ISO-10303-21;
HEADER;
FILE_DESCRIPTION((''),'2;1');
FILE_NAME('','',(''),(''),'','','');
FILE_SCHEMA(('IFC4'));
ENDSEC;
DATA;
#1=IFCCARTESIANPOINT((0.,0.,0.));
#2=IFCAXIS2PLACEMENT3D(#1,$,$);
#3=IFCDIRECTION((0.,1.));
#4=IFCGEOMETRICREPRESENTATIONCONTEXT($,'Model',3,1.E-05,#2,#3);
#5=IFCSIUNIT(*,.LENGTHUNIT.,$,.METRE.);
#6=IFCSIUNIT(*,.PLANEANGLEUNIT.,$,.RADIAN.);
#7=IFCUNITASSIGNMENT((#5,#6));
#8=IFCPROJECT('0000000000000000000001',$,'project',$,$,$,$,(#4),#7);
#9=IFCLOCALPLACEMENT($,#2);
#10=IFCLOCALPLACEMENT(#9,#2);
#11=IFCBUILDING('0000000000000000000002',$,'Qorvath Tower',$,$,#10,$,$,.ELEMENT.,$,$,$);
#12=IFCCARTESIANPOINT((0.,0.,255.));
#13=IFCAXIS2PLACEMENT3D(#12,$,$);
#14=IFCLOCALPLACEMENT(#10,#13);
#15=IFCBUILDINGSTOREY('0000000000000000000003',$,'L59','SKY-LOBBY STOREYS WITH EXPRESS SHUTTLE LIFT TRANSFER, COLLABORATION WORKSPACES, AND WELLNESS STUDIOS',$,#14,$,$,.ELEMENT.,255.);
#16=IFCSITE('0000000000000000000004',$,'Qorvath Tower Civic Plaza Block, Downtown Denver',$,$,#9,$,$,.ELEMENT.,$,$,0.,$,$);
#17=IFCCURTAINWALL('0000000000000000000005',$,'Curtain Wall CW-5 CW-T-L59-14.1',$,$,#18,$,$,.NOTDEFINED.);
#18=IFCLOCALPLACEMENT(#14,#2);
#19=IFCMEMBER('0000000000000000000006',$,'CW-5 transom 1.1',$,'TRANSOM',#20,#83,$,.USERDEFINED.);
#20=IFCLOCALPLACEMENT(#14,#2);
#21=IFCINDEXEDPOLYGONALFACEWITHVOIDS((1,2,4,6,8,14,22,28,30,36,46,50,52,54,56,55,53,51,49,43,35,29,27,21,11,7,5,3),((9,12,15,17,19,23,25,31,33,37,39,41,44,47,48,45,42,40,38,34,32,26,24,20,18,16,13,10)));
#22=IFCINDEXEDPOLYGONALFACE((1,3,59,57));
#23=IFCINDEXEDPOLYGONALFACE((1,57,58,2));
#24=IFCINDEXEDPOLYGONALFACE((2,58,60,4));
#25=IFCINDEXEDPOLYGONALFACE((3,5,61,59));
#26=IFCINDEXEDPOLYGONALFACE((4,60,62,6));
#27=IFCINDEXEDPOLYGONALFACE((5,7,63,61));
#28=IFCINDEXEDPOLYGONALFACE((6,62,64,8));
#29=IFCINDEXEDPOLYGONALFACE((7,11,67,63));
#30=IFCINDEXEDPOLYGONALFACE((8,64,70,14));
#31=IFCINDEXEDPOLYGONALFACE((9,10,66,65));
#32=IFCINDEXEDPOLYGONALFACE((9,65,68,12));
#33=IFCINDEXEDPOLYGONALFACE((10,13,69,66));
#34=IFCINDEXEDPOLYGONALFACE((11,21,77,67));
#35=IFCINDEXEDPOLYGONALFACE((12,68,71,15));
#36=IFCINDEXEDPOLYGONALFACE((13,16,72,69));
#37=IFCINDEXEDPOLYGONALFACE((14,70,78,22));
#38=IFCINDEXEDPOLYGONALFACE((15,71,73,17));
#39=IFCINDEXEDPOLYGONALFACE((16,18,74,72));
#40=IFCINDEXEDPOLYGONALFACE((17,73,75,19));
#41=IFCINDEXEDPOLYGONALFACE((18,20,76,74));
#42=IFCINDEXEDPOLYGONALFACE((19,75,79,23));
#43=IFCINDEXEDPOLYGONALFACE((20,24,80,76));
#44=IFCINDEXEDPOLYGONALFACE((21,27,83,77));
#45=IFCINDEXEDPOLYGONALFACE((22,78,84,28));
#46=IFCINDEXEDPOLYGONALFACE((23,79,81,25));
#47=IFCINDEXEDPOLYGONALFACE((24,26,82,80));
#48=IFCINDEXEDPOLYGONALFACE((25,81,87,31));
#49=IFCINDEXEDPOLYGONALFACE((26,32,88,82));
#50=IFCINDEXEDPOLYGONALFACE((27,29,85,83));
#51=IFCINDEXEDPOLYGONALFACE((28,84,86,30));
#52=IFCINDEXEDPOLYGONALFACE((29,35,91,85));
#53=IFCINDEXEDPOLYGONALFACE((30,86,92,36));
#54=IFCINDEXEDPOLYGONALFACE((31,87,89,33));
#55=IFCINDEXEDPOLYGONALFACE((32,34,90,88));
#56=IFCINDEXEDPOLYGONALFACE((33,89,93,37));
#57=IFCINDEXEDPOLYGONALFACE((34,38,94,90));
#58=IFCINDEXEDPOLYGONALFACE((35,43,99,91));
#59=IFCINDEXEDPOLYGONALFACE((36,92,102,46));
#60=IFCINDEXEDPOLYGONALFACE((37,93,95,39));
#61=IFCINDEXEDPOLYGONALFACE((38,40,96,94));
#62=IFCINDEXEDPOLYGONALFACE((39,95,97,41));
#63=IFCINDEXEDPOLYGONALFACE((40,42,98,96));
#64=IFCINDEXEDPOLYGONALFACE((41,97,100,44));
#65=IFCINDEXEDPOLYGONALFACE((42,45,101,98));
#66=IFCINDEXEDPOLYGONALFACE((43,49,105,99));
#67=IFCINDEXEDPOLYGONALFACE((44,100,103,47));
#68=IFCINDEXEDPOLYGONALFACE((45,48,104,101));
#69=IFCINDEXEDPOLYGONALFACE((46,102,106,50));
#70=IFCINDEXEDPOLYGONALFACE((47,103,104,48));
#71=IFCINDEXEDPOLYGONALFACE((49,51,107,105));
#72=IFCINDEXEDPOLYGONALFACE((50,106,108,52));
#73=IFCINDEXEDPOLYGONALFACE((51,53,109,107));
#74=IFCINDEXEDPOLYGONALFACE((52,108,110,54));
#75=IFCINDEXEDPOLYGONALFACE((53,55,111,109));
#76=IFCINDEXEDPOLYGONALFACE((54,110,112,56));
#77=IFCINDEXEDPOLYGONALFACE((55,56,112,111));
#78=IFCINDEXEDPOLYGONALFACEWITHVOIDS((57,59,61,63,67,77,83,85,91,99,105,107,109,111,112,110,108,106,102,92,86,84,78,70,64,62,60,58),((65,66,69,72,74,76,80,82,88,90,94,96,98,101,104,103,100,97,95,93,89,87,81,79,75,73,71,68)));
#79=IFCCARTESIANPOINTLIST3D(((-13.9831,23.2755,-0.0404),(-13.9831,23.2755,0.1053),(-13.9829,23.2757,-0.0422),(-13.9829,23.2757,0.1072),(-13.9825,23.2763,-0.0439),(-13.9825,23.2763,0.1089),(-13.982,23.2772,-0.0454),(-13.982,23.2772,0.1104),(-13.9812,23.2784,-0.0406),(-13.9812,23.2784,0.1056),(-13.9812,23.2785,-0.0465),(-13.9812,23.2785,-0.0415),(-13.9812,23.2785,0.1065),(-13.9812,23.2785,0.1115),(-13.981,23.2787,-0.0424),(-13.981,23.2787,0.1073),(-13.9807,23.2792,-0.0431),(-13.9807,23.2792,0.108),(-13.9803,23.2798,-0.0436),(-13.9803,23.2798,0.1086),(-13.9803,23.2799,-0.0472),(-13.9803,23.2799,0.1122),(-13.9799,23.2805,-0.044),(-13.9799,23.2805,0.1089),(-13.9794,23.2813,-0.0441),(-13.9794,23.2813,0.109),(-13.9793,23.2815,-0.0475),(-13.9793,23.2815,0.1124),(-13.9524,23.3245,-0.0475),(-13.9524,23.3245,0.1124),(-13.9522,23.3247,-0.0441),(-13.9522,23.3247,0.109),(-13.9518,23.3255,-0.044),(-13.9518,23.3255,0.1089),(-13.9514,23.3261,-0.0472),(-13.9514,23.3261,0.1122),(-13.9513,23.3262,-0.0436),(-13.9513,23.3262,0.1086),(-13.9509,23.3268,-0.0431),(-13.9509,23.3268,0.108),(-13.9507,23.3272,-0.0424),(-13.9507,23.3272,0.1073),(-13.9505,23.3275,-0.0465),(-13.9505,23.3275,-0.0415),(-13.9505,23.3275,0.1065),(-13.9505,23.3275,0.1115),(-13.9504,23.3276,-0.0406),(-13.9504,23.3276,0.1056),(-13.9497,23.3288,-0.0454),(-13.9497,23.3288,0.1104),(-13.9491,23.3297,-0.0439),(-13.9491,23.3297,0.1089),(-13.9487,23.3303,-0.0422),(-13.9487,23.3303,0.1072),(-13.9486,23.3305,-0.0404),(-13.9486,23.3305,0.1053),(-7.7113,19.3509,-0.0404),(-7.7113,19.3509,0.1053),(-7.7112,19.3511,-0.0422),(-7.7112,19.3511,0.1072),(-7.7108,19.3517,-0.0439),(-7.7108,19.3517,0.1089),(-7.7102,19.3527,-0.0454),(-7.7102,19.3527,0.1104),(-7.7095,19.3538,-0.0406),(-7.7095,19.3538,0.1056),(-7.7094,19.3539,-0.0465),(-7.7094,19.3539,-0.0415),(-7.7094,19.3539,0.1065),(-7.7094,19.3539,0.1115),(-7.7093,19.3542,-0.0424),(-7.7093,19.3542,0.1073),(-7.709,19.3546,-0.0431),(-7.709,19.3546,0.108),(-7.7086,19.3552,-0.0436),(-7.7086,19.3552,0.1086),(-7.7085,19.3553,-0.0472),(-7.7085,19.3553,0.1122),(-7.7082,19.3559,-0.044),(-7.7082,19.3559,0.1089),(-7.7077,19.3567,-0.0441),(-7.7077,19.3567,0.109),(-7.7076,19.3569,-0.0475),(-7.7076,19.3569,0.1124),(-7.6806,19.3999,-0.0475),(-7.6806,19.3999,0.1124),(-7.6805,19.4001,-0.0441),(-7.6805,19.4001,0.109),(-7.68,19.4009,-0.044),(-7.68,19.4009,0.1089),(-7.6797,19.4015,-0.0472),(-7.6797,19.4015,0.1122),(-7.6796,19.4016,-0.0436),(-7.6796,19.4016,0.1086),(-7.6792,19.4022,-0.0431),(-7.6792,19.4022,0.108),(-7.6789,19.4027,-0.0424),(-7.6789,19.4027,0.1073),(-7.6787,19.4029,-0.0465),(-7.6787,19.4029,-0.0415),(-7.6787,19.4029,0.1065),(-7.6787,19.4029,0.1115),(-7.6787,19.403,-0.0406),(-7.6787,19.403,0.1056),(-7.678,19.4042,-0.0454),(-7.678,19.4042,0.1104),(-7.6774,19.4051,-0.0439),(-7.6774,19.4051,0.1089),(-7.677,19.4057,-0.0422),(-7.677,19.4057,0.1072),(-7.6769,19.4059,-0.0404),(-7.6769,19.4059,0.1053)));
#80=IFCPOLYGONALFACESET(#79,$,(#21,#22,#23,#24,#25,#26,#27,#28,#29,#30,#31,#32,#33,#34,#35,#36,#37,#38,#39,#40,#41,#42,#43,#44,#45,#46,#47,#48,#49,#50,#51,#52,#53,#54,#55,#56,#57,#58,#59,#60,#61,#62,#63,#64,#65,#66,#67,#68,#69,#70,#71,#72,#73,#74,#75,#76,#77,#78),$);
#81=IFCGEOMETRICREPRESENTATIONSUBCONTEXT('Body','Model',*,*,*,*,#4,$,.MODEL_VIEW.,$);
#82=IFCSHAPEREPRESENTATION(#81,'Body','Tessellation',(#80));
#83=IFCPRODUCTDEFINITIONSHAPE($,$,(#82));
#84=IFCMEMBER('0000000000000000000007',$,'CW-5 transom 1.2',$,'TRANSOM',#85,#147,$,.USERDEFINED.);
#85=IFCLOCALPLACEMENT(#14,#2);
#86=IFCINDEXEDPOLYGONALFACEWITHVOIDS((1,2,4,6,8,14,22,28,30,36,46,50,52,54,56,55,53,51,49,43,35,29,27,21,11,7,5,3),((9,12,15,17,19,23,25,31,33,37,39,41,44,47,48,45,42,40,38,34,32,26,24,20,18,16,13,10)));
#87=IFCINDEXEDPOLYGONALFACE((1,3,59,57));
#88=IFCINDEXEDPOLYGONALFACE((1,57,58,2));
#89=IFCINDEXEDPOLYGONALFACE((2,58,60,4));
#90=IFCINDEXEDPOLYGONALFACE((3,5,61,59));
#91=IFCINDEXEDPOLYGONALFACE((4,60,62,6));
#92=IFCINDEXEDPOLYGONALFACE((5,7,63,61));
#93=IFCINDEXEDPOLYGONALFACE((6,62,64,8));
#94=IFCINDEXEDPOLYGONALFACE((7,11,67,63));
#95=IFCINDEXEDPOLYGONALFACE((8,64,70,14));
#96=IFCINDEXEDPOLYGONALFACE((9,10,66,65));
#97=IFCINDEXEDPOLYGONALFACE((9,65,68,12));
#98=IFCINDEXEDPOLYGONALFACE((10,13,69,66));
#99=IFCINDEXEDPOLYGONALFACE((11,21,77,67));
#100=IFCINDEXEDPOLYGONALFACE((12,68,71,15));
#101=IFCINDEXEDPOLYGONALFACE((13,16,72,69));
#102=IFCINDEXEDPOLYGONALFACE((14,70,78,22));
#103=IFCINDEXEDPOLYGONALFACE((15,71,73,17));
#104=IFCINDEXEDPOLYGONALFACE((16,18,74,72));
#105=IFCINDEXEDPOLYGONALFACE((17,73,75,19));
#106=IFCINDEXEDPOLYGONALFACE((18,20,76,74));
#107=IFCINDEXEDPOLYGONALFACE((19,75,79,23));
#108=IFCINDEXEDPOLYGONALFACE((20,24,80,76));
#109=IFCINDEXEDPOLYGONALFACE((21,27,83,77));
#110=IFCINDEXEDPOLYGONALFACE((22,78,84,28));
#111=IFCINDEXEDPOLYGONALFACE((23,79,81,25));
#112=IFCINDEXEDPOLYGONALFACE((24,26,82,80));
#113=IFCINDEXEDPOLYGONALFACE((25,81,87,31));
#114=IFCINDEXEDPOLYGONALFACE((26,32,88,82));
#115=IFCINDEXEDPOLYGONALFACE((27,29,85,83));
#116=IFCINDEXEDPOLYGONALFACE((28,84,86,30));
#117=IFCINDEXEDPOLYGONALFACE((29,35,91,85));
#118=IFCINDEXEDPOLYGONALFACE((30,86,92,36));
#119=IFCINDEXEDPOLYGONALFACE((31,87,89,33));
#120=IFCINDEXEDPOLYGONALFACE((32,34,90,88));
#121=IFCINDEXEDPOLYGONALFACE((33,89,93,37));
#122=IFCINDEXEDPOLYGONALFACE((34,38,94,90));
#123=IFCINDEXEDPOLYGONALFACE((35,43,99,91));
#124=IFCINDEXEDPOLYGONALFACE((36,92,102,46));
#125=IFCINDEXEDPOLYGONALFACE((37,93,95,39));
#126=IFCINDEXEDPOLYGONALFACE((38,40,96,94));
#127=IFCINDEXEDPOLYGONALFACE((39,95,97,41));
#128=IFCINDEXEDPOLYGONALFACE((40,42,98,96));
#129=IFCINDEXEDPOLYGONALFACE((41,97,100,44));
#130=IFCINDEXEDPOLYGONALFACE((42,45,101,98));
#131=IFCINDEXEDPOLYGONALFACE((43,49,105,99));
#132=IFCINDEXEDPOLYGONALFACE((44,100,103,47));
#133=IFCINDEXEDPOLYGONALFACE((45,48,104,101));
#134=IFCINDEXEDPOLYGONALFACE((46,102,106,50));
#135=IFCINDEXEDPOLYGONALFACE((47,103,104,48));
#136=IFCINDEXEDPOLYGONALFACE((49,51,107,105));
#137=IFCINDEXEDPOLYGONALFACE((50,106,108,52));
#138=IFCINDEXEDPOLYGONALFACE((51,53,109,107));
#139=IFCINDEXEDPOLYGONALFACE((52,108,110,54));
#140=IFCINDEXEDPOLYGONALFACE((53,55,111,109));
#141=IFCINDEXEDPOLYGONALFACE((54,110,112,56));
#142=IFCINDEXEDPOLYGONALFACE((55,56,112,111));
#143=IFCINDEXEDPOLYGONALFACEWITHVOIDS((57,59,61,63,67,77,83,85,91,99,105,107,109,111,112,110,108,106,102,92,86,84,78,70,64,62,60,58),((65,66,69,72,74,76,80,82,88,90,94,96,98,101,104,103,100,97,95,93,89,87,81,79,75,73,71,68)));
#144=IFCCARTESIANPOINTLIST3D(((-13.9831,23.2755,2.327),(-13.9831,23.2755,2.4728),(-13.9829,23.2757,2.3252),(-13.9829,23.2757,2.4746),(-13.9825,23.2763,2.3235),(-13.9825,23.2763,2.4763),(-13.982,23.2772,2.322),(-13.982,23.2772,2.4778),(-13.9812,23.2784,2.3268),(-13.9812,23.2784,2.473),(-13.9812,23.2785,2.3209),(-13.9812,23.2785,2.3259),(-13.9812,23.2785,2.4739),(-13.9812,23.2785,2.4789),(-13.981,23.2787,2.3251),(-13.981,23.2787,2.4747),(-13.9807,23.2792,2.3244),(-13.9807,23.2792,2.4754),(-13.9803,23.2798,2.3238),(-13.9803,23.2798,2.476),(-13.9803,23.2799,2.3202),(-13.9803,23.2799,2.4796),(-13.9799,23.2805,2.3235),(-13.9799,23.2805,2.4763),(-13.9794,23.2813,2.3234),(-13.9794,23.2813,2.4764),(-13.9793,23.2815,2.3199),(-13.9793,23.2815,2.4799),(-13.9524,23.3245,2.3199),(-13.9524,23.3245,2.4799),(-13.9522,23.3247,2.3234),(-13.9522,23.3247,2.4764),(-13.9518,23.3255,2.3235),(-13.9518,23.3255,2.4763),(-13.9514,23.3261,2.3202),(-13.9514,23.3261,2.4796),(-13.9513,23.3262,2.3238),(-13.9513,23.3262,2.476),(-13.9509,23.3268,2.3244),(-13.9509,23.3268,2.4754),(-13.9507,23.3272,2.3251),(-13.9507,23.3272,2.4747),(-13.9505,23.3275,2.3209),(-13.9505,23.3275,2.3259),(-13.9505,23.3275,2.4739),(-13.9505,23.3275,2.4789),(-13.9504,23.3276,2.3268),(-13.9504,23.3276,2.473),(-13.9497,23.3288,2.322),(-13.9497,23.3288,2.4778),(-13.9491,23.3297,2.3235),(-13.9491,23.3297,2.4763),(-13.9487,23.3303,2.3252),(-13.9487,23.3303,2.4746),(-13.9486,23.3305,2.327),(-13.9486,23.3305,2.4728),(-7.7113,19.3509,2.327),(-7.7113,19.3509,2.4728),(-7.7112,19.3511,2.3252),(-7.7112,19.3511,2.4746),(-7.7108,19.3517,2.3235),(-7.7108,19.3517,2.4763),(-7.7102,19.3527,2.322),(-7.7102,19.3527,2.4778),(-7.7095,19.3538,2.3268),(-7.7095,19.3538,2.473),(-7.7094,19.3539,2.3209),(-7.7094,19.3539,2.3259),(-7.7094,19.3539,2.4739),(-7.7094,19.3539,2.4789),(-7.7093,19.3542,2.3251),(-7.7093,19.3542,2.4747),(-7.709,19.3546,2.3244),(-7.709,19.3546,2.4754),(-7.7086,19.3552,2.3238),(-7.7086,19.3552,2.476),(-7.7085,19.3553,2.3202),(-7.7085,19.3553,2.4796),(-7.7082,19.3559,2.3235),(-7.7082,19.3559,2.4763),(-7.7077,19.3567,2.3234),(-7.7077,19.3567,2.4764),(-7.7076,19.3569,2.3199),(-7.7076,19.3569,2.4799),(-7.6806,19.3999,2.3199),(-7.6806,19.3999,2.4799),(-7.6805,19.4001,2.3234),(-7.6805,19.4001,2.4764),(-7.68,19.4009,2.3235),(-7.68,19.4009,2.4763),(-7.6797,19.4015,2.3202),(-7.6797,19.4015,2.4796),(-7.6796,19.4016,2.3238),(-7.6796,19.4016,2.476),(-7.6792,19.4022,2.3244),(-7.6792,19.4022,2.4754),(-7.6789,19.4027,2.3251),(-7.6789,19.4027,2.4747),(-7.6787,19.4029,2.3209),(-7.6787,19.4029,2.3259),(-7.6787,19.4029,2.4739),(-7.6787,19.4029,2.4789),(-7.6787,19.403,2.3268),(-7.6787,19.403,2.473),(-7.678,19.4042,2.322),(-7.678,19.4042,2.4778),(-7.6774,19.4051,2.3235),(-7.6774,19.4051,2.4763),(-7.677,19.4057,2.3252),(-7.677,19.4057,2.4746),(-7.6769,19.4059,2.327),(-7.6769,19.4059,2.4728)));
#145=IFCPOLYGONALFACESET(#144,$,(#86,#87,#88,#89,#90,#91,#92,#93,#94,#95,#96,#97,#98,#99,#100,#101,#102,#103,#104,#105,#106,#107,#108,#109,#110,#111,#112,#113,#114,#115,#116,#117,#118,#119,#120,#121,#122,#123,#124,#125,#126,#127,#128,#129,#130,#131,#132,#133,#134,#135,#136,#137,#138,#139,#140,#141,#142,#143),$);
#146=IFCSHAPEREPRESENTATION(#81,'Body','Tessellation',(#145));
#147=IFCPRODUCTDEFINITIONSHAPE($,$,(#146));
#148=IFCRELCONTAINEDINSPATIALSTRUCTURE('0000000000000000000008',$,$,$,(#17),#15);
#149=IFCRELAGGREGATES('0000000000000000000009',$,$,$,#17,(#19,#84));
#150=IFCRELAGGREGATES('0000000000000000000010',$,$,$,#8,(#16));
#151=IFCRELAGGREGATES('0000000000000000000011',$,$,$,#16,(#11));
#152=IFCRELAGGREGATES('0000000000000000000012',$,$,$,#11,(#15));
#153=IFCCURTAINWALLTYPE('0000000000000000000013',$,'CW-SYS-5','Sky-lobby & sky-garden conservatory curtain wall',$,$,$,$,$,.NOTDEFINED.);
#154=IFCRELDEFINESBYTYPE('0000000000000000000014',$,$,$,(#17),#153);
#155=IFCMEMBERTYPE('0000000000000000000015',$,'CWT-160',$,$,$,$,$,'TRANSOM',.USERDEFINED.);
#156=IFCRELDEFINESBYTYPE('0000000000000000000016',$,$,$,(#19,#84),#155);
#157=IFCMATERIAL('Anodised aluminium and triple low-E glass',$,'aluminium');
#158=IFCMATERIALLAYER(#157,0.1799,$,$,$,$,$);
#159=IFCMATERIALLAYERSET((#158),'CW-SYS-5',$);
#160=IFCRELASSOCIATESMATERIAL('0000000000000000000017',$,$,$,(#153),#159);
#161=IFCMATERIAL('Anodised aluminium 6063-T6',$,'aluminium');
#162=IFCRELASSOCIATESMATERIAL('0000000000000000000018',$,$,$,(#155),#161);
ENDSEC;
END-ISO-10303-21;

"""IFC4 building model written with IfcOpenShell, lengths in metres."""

from ifc_helpers import new_model, si_unit, direction, frame, origin, origin_2d, place, context, subcontext, project, spatial, hollow_rectangle, extrude, material, layer, layer_set, material_profile, profile_set, type_object, element, aggregate, save


model = new_model("IFC4")

# Units and contexts
model_context = context("Model", 3, precision=1e-05, world=origin(), true_north=direction((0.0, 1.0)))
body_context = subcontext(model_context, "Body", "Model", "MODEL_VIEW")
ifc_project = project(units=[si_unit("LENGTHUNIT", "METRE"), si_unit("PLANEANGLEUNIT", "RADIAN")], contexts=[model_context])

# Site, building, storey
site_placement = place(None, origin())
site = spatial("IfcSite", under=ifc_project, at=site_placement, Name="Qorvath Tower Civic Plaza Block, Downtown Denver", CompositionType="ELEMENT", RefElevation=0.0)
building_placement = place(site_placement, origin())
building = spatial("IfcBuilding", under=site, at=building_placement, Name="Qorvath Tower", CompositionType="ELEMENT")
storey_placement = place(building_placement, frame((0.0, 0.0, 255.0)))
storey = spatial("IfcBuildingStorey", under=building, at=storey_placement, Name="L59", Description="SKY-LOBBY STOREYS WITH EXPRESS SHUTTLE LIFT TRANSFER, COLLABORATION WORKSPACES, AND WELLNESS STUDIOS", CompositionType="ELEMENT", Elevation=255.0)

# Shared definitions
ifc_material_1 = material(Name="Anodised aluminium and triple low-E glass", Category="aluminium")
ifc_layer_1 = layer(ifc_material_1, 0.1799)
ifc_layer_set_1 = layer_set([ifc_layer_1], Name="CW-SYS-5")
curtain_wall_type = type_object("IfcCurtainWallType", Name="CW-SYS-5", Description="Sky-lobby & sky-garden conservatory curtain wall", PredefinedType="NOTDEFINED", material=ifc_layer_set_1)

# Curtain wall
curtain_wall_1_placement = place(storey_placement, origin())
curtain_wall_1 = element("IfcCurtainWall", 1, at=curtain_wall_1_placement, inside=storey, type_object=curtain_wall_type, Name="Curtain Wall CW-5 CW-T-L59-14.1", PredefinedType="NOTDEFINED")

# Members
ifc_material_2 = material(Name="Anodised aluminium 6063-T6", Category="aluminium")
ifc_material_profile_1 = material_profile(ifc_material_2, hollow_rectangle(XDim=0.0649, YDim=0.1599, WallThickness=0.0034, InnerFilletRadius=0.0034, OuterFilletRadius=0.0071, at=origin_2d()), Name="CWT 160x65")
ifc_profile_set_1 = profile_set([ifc_material_profile_1], Name="Anodised aluminium 6063-T6")
member_type_1 = type_object("IfcMemberType", Name="CWT-160", ElementType="TRANSOM", PredefinedType="USERDEFINED", material=ifc_profile_set_1)
member_1_placement = place(storey_placement, frame((-7.6941, 19.3784, 0.0325), z_axis=(-0.847711, 0.530459, 0.0), x_axis=(-0.530459, -0.847711, 0.0)))
member_1 = element("IfcMember", 2, at=member_1_placement, type_object=member_type_1, Name="CW-5 transom 1.1", ObjectType="TRANSOM", PredefinedType="USERDEFINED", context=body_context, shape_type="SweptSolid", body=[
    extrude(hollow_rectangle(XDim=0.0649, YDim=0.1599, WallThickness=0.0034, InnerFilletRadius=0.0034, OuterFilletRadius=0.0071, at=origin_2d()), origin(), (0.0, 0.0, 1.0), 7.3984),
])
member_2_placement = place(storey_placement, frame((-7.6941, 19.3784, 2.3999), z_axis=(-0.847711, 0.530459, 0.0), x_axis=(-0.530459, -0.847711, 0.0)))
member_2 = element("IfcMember", 3, at=member_2_placement, type_object=member_type_1, Name="CW-5 transom 1.2", ObjectType="TRANSOM", PredefinedType="USERDEFINED", context=body_context, shape_type="SweptSolid", body=[
    extrude(hollow_rectangle(XDim=0.0649, YDim=0.1599, WallThickness=0.0034, InnerFilletRadius=0.0034, OuterFilletRadius=0.0071, at=origin_2d()), origin(), (0.0, 0.0, 1.0), 7.3984),
])

aggregate(curtain_wall_1, [member_1, member_2])

save(model, "model.ifc")
